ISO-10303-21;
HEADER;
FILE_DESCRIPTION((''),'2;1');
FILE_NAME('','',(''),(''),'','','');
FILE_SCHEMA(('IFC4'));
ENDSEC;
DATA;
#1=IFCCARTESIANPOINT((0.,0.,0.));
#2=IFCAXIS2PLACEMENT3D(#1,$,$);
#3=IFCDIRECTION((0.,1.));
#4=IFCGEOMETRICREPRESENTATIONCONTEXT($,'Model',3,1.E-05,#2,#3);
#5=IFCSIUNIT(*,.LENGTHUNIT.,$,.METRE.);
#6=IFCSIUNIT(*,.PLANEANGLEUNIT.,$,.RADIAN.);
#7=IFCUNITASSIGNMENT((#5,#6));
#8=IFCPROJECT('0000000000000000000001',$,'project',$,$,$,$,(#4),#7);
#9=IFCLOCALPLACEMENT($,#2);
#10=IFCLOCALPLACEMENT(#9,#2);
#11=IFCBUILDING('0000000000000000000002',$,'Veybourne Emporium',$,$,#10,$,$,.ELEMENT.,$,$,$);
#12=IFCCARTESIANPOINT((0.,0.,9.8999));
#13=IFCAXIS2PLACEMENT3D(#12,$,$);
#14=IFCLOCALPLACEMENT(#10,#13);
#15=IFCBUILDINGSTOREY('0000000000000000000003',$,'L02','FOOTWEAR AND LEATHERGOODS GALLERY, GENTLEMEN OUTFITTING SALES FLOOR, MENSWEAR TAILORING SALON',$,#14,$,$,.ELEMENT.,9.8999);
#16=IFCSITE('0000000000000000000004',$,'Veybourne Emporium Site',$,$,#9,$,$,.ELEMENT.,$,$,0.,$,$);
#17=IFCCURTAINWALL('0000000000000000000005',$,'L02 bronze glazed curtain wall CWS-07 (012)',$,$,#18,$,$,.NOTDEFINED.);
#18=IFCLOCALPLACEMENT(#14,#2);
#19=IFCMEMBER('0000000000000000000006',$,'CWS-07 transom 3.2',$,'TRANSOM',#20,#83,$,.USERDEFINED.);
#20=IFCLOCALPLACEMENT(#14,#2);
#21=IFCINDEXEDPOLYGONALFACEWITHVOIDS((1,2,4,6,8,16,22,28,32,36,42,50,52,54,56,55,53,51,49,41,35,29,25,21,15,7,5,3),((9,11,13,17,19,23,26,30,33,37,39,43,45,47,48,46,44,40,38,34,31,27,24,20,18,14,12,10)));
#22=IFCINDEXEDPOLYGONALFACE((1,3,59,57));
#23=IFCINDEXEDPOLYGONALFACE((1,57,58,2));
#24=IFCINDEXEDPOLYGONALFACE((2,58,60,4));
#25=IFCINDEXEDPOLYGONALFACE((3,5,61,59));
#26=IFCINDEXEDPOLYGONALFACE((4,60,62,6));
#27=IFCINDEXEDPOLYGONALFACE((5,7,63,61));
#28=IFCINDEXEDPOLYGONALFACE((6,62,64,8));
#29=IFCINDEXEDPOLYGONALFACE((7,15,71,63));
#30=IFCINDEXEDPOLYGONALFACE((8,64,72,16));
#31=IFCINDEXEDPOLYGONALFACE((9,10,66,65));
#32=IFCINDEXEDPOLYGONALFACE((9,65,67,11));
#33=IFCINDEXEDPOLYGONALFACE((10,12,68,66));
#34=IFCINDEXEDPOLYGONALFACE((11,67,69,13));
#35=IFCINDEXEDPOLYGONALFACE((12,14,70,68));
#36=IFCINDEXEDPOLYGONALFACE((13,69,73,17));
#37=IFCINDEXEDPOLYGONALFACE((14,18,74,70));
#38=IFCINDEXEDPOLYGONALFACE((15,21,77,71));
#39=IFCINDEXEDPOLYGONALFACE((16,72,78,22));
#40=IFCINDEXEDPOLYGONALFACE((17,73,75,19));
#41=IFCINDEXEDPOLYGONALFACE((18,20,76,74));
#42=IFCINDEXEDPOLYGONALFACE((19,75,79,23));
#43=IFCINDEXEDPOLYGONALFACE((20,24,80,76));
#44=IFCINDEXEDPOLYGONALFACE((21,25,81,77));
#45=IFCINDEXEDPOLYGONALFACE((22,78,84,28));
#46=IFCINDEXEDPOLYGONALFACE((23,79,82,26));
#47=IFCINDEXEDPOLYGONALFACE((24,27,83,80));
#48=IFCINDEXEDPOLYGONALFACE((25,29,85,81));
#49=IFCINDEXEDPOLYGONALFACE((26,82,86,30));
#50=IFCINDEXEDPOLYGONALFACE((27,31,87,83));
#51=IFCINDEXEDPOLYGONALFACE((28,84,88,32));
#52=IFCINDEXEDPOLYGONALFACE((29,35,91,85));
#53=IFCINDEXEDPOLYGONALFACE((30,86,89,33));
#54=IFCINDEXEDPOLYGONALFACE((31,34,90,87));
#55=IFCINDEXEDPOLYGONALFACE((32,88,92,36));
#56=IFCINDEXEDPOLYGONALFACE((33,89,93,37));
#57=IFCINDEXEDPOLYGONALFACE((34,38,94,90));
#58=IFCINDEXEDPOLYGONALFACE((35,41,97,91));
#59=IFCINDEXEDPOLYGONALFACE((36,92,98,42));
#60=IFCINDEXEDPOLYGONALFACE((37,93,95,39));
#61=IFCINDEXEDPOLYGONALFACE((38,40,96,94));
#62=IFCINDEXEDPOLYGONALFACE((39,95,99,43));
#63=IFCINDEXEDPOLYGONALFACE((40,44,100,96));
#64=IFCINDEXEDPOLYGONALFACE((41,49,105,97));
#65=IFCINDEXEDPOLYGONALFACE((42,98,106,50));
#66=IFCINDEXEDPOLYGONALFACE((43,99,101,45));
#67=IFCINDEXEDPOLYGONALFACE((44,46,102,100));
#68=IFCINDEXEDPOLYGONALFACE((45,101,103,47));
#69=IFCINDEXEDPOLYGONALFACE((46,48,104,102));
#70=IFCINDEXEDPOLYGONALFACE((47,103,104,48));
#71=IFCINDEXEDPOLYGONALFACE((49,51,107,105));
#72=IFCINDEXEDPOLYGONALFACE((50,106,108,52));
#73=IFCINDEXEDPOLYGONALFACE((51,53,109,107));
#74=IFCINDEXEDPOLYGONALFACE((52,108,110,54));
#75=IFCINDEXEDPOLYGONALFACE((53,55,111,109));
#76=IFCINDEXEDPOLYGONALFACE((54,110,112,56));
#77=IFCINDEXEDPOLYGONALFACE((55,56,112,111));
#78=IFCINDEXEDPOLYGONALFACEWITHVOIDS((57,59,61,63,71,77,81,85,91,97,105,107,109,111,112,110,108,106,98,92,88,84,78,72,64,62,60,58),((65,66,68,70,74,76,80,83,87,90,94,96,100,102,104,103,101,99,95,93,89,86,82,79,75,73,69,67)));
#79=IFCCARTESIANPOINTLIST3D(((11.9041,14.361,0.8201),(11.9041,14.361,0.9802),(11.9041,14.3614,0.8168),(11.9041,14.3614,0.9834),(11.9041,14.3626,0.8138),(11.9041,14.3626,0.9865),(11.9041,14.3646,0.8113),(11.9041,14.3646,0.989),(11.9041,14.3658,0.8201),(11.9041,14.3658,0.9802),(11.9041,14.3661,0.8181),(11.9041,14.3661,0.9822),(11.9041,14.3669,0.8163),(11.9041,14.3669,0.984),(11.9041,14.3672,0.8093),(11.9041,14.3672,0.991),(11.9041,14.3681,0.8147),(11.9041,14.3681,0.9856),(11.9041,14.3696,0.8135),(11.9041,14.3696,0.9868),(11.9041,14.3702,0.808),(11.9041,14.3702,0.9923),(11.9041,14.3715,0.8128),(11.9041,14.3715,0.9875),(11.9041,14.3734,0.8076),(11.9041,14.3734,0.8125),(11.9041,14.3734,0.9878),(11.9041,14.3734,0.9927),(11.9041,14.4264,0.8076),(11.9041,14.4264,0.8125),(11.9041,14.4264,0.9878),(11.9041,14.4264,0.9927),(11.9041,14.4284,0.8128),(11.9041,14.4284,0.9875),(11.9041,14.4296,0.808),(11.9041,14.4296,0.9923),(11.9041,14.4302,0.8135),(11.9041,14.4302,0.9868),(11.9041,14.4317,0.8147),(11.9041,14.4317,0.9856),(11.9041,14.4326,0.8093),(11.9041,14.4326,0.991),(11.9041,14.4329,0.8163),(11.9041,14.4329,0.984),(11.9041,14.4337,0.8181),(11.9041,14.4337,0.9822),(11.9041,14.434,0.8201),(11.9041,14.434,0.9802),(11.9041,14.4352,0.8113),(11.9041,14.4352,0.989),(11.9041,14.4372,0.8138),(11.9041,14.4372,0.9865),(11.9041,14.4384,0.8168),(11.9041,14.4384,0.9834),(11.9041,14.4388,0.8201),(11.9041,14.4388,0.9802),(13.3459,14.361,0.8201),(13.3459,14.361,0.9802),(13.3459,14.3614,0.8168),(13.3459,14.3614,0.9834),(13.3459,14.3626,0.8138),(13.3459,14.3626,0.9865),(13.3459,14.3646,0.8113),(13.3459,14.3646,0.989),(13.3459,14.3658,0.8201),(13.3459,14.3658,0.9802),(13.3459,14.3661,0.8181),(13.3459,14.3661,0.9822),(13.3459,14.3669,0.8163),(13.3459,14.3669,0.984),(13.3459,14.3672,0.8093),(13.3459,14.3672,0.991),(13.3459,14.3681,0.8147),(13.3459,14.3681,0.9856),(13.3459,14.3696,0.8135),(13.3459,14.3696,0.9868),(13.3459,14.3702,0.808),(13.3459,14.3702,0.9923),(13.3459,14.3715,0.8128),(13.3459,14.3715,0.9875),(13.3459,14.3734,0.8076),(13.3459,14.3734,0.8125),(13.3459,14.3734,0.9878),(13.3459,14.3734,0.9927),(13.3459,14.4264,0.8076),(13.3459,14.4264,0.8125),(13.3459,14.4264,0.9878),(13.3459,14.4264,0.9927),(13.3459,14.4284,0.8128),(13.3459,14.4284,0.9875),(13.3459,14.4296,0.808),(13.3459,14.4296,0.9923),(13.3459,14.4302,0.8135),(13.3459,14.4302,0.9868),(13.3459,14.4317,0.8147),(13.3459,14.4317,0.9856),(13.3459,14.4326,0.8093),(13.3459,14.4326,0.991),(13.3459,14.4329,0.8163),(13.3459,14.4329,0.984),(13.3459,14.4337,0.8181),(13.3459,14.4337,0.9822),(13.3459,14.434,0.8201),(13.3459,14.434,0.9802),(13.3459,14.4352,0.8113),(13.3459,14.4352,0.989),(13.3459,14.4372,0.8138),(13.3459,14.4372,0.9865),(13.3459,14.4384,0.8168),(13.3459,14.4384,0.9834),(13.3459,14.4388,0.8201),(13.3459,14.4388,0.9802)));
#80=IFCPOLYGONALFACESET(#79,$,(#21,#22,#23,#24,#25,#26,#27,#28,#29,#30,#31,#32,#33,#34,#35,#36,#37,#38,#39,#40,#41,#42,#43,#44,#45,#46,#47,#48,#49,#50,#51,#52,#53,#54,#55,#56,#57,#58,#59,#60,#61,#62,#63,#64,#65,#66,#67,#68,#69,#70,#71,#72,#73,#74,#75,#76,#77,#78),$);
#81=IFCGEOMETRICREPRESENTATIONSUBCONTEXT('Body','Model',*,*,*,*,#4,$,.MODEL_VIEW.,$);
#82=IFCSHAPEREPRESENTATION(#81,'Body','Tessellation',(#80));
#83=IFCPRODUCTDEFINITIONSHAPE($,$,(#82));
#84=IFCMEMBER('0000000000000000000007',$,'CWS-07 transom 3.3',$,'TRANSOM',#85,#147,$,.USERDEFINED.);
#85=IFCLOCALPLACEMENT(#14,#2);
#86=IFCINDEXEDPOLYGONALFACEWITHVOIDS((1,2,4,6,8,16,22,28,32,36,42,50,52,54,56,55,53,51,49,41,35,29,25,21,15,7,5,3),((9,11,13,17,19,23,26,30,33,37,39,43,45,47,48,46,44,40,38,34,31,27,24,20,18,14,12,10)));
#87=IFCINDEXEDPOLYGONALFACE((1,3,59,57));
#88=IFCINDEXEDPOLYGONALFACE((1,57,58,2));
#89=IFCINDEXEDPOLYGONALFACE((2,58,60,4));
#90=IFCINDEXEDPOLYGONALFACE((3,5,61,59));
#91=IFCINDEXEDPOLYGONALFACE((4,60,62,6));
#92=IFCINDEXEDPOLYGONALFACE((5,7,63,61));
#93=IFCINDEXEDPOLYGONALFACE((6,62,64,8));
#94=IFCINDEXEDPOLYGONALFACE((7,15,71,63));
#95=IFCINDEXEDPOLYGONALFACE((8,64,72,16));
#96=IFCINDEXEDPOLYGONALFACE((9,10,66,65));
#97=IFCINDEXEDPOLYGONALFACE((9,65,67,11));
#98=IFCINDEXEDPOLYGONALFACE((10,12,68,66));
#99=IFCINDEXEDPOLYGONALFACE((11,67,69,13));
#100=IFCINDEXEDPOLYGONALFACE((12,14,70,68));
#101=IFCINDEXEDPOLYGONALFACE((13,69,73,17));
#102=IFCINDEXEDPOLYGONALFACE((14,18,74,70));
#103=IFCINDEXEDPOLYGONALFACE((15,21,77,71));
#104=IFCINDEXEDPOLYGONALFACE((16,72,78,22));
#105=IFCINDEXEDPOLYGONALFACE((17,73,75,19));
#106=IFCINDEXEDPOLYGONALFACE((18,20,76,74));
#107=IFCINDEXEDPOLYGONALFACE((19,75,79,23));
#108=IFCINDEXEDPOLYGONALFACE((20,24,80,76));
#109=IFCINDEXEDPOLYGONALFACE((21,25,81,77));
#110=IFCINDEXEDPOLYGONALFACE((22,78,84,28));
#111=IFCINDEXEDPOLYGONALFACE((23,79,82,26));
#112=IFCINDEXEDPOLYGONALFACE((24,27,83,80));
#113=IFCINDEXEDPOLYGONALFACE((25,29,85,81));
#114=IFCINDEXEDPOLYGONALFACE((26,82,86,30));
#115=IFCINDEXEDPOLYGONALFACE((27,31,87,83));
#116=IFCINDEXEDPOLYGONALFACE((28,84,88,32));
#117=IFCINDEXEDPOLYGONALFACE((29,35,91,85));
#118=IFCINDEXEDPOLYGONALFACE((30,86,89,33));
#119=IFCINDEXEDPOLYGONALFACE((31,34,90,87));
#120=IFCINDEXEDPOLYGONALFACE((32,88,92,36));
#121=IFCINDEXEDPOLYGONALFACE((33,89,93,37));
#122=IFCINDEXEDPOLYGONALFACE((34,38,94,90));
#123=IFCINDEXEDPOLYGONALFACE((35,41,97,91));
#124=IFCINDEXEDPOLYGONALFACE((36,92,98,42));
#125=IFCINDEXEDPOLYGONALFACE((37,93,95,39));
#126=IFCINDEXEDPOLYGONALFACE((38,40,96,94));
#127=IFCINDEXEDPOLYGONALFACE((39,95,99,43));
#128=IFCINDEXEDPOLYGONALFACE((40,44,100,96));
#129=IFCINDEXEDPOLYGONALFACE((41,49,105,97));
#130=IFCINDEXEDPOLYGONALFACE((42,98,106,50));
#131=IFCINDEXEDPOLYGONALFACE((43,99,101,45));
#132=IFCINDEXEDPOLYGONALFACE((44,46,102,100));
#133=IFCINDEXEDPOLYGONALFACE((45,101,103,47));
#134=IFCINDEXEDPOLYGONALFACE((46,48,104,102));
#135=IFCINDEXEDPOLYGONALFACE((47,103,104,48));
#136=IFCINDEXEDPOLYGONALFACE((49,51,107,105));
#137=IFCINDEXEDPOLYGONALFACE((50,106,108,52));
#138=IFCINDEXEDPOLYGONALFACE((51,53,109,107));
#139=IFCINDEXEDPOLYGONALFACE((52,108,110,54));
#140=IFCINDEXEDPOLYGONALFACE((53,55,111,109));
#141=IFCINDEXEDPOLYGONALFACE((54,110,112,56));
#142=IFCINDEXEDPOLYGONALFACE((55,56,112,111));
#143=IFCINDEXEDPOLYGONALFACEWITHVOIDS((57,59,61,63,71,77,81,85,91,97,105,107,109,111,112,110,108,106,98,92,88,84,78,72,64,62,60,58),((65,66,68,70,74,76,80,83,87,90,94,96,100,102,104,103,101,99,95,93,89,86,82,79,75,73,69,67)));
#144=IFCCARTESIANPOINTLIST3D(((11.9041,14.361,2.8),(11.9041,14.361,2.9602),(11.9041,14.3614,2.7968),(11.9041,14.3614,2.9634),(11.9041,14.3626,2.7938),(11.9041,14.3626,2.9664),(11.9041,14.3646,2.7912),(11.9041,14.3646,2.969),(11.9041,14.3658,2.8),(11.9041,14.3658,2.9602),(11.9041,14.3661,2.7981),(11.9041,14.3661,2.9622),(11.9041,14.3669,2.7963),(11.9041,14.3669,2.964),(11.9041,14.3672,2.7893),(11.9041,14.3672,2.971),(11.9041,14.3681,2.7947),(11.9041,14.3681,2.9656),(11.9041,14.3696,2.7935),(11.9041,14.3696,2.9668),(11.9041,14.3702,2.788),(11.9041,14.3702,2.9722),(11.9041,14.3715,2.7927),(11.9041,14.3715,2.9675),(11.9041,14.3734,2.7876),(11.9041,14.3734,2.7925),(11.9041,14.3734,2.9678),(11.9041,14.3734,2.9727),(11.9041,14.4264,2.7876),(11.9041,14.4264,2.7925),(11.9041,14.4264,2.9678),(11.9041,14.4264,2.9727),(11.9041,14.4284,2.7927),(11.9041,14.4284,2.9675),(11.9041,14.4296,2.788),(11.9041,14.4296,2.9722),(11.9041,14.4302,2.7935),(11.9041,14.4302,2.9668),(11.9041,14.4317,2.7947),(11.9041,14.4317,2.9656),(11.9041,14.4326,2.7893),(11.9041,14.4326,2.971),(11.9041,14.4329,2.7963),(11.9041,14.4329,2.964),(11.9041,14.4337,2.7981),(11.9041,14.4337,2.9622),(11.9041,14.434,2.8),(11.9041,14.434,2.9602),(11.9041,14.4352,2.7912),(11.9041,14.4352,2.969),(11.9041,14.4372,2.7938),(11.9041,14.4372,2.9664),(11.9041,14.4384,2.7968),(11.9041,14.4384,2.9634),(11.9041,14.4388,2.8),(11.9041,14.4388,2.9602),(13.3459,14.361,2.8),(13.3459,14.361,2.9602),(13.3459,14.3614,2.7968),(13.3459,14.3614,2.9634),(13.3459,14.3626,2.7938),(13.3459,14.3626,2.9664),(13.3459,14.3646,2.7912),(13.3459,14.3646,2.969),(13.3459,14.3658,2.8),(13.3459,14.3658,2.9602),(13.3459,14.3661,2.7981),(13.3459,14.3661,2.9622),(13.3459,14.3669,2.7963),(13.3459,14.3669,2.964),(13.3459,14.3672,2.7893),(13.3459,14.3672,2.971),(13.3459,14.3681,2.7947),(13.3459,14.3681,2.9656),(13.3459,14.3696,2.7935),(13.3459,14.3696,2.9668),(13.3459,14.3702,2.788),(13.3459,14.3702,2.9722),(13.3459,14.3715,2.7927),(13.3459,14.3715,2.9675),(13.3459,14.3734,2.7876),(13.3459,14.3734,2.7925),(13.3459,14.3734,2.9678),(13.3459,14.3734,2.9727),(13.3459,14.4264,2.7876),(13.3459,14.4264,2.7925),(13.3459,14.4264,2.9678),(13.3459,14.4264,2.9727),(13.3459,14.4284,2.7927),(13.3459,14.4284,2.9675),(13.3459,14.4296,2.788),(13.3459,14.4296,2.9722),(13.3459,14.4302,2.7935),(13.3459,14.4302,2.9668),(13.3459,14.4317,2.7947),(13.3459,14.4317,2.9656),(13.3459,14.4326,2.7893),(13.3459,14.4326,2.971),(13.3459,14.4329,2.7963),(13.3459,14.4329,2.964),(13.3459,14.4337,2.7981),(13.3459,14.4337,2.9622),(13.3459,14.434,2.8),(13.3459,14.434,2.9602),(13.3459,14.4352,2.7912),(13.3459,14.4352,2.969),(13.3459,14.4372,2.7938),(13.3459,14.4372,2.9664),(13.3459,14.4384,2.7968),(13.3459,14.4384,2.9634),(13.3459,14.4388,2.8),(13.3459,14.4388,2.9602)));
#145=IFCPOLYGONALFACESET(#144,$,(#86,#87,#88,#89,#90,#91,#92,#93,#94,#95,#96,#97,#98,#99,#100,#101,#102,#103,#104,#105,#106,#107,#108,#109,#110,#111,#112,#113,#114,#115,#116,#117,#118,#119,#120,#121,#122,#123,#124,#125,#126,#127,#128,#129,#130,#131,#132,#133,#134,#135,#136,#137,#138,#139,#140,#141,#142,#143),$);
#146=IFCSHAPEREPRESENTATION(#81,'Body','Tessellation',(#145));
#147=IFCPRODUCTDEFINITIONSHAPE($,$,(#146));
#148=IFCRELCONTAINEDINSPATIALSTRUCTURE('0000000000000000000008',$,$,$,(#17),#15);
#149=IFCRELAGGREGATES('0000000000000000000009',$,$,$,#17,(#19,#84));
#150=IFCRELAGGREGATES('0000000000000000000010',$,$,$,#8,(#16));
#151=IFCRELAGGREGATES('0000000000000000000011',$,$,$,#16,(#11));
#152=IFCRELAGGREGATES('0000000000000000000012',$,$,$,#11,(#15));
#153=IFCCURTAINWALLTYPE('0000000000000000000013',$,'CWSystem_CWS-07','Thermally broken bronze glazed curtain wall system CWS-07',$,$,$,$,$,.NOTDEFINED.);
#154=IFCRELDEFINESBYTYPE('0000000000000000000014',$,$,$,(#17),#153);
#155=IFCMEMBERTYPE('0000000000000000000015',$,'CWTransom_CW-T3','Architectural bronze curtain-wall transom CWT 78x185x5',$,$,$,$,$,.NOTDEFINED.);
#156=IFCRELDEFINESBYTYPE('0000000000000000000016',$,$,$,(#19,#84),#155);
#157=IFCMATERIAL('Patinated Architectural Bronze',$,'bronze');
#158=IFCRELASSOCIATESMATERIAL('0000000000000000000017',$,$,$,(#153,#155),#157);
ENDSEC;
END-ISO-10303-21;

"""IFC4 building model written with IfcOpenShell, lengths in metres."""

from ifc_helpers import new_model, si_unit, direction, frame, origin, origin_2d, place, context, subcontext, project, spatial, hollow_rectangle, extrude, material, material_profile, profile_set, type_object, element, aggregate, save


model = new_model("IFC4")

# Units and contexts
model_context = context("Model", 3, precision=1e-05, world=origin(), true_north=direction((0.0, 1.0)))
body_context = subcontext(model_context, "Body", "Model", "MODEL_VIEW")
ifc_project = project(units=[si_unit("LENGTHUNIT", "METRE"), si_unit("PLANEANGLEUNIT", "RADIAN")], contexts=[model_context])

# Site, building, storey
site_placement = place(None, origin())
site = spatial("IfcSite", under=ifc_project, at=site_placement, Name="Veybourne Emporium Site", CompositionType="ELEMENT", RefElevation=0.0)
building_placement = place(site_placement, origin())
building = spatial("IfcBuilding", under=site, at=building_placement, Name="Veybourne Emporium", CompositionType="ELEMENT")
storey_placement = place(building_placement, frame((0.0, 0.0, 9.8999)))
storey = spatial("IfcBuildingStorey", under=building, at=storey_placement, Name="L02", Description="FOOTWEAR AND LEATHERGOODS GALLERY, GENTLEMEN OUTFITTING SALES FLOOR, MENSWEAR TAILORING SALON", CompositionType="ELEMENT", Elevation=9.8999)

# Curtain wall, members
ifc_material_1 = material(Name="Patinated Architectural Bronze", Category="bronze")
curtain_wall_type = type_object("IfcCurtainWallType", Name="CWSystem_CWS-07", Description="Thermally broken bronze glazed curtain wall system CWS-07", PredefinedType="NOTDEFINED", material=ifc_material_1)
curtain_wall_placement = place(storey_placement, origin())
curtain_wall = element("IfcCurtainWall", 1, at=curtain_wall_placement, inside=storey, type_object=curtain_wall_type, Name="L02 bronze glazed curtain wall CWS-07 (012)", PredefinedType="NOTDEFINED")
ifc_material_profile_1 = material_profile(ifc_material_1, hollow_rectangle(XDim=0.0779, YDim=0.1851, WallThickness=0.0049, InnerFilletRadius=0.0076, OuterFilletRadius=0.0125, at=origin_2d()), Name="CWT 78x185x5")
ifc_profile_set_1 = profile_set([ifc_material_profile_1], Name="Patinated Architectural Bronze")
member_type_1 = type_object("IfcMemberType", Name="CWTransom_CW-T3", Description="Architectural bronze curtain-wall transom CWT 78x185x5", PredefinedType="NOTDEFINED", material=ifc_profile_set_1)
member_1_placement = place(storey_placement, frame((13.3459, 14.3999, 0.9001), z_axis=(-1.0, 0.0, 0.0), x_axis=(0.0, -1.0, 0.0)))
member_1 = element("IfcMember", 2, at=member_1_placement, type_object=member_type_1, Name="CWS-07 transom 3.2", ObjectType="TRANSOM", PredefinedType="USERDEFINED", context=body_context, shape_type="SweptSolid", body=[
    extrude(hollow_rectangle(XDim=0.0779, YDim=0.1851, WallThickness=0.0049, InnerFilletRadius=0.0076, OuterFilletRadius=0.0125, at=origin_2d()), origin(), (0.0, 0.0, 1.0), 1.4419),
])
member_2_placement = place(storey_placement, frame((13.3459, 14.3999, 2.8801), z_axis=(-1.0, 0.0, 0.0), x_axis=(0.0, -1.0, 0.0)))
member_2 = element("IfcMember", 3, at=member_2_placement, type_object=member_type_1, Name="CWS-07 transom 3.3", ObjectType="TRANSOM", PredefinedType="USERDEFINED", context=body_context, shape_type="SweptSolid", body=[
    extrude(hollow_rectangle(XDim=0.0779, YDim=0.1851, WallThickness=0.0049, InnerFilletRadius=0.0076, OuterFilletRadius=0.0125, at=origin_2d()), origin(), (0.0, 0.0, 1.0), 1.4419),
])

aggregate(curtain_wall, [member_1, member_2])

save(model, "model.ifc")
